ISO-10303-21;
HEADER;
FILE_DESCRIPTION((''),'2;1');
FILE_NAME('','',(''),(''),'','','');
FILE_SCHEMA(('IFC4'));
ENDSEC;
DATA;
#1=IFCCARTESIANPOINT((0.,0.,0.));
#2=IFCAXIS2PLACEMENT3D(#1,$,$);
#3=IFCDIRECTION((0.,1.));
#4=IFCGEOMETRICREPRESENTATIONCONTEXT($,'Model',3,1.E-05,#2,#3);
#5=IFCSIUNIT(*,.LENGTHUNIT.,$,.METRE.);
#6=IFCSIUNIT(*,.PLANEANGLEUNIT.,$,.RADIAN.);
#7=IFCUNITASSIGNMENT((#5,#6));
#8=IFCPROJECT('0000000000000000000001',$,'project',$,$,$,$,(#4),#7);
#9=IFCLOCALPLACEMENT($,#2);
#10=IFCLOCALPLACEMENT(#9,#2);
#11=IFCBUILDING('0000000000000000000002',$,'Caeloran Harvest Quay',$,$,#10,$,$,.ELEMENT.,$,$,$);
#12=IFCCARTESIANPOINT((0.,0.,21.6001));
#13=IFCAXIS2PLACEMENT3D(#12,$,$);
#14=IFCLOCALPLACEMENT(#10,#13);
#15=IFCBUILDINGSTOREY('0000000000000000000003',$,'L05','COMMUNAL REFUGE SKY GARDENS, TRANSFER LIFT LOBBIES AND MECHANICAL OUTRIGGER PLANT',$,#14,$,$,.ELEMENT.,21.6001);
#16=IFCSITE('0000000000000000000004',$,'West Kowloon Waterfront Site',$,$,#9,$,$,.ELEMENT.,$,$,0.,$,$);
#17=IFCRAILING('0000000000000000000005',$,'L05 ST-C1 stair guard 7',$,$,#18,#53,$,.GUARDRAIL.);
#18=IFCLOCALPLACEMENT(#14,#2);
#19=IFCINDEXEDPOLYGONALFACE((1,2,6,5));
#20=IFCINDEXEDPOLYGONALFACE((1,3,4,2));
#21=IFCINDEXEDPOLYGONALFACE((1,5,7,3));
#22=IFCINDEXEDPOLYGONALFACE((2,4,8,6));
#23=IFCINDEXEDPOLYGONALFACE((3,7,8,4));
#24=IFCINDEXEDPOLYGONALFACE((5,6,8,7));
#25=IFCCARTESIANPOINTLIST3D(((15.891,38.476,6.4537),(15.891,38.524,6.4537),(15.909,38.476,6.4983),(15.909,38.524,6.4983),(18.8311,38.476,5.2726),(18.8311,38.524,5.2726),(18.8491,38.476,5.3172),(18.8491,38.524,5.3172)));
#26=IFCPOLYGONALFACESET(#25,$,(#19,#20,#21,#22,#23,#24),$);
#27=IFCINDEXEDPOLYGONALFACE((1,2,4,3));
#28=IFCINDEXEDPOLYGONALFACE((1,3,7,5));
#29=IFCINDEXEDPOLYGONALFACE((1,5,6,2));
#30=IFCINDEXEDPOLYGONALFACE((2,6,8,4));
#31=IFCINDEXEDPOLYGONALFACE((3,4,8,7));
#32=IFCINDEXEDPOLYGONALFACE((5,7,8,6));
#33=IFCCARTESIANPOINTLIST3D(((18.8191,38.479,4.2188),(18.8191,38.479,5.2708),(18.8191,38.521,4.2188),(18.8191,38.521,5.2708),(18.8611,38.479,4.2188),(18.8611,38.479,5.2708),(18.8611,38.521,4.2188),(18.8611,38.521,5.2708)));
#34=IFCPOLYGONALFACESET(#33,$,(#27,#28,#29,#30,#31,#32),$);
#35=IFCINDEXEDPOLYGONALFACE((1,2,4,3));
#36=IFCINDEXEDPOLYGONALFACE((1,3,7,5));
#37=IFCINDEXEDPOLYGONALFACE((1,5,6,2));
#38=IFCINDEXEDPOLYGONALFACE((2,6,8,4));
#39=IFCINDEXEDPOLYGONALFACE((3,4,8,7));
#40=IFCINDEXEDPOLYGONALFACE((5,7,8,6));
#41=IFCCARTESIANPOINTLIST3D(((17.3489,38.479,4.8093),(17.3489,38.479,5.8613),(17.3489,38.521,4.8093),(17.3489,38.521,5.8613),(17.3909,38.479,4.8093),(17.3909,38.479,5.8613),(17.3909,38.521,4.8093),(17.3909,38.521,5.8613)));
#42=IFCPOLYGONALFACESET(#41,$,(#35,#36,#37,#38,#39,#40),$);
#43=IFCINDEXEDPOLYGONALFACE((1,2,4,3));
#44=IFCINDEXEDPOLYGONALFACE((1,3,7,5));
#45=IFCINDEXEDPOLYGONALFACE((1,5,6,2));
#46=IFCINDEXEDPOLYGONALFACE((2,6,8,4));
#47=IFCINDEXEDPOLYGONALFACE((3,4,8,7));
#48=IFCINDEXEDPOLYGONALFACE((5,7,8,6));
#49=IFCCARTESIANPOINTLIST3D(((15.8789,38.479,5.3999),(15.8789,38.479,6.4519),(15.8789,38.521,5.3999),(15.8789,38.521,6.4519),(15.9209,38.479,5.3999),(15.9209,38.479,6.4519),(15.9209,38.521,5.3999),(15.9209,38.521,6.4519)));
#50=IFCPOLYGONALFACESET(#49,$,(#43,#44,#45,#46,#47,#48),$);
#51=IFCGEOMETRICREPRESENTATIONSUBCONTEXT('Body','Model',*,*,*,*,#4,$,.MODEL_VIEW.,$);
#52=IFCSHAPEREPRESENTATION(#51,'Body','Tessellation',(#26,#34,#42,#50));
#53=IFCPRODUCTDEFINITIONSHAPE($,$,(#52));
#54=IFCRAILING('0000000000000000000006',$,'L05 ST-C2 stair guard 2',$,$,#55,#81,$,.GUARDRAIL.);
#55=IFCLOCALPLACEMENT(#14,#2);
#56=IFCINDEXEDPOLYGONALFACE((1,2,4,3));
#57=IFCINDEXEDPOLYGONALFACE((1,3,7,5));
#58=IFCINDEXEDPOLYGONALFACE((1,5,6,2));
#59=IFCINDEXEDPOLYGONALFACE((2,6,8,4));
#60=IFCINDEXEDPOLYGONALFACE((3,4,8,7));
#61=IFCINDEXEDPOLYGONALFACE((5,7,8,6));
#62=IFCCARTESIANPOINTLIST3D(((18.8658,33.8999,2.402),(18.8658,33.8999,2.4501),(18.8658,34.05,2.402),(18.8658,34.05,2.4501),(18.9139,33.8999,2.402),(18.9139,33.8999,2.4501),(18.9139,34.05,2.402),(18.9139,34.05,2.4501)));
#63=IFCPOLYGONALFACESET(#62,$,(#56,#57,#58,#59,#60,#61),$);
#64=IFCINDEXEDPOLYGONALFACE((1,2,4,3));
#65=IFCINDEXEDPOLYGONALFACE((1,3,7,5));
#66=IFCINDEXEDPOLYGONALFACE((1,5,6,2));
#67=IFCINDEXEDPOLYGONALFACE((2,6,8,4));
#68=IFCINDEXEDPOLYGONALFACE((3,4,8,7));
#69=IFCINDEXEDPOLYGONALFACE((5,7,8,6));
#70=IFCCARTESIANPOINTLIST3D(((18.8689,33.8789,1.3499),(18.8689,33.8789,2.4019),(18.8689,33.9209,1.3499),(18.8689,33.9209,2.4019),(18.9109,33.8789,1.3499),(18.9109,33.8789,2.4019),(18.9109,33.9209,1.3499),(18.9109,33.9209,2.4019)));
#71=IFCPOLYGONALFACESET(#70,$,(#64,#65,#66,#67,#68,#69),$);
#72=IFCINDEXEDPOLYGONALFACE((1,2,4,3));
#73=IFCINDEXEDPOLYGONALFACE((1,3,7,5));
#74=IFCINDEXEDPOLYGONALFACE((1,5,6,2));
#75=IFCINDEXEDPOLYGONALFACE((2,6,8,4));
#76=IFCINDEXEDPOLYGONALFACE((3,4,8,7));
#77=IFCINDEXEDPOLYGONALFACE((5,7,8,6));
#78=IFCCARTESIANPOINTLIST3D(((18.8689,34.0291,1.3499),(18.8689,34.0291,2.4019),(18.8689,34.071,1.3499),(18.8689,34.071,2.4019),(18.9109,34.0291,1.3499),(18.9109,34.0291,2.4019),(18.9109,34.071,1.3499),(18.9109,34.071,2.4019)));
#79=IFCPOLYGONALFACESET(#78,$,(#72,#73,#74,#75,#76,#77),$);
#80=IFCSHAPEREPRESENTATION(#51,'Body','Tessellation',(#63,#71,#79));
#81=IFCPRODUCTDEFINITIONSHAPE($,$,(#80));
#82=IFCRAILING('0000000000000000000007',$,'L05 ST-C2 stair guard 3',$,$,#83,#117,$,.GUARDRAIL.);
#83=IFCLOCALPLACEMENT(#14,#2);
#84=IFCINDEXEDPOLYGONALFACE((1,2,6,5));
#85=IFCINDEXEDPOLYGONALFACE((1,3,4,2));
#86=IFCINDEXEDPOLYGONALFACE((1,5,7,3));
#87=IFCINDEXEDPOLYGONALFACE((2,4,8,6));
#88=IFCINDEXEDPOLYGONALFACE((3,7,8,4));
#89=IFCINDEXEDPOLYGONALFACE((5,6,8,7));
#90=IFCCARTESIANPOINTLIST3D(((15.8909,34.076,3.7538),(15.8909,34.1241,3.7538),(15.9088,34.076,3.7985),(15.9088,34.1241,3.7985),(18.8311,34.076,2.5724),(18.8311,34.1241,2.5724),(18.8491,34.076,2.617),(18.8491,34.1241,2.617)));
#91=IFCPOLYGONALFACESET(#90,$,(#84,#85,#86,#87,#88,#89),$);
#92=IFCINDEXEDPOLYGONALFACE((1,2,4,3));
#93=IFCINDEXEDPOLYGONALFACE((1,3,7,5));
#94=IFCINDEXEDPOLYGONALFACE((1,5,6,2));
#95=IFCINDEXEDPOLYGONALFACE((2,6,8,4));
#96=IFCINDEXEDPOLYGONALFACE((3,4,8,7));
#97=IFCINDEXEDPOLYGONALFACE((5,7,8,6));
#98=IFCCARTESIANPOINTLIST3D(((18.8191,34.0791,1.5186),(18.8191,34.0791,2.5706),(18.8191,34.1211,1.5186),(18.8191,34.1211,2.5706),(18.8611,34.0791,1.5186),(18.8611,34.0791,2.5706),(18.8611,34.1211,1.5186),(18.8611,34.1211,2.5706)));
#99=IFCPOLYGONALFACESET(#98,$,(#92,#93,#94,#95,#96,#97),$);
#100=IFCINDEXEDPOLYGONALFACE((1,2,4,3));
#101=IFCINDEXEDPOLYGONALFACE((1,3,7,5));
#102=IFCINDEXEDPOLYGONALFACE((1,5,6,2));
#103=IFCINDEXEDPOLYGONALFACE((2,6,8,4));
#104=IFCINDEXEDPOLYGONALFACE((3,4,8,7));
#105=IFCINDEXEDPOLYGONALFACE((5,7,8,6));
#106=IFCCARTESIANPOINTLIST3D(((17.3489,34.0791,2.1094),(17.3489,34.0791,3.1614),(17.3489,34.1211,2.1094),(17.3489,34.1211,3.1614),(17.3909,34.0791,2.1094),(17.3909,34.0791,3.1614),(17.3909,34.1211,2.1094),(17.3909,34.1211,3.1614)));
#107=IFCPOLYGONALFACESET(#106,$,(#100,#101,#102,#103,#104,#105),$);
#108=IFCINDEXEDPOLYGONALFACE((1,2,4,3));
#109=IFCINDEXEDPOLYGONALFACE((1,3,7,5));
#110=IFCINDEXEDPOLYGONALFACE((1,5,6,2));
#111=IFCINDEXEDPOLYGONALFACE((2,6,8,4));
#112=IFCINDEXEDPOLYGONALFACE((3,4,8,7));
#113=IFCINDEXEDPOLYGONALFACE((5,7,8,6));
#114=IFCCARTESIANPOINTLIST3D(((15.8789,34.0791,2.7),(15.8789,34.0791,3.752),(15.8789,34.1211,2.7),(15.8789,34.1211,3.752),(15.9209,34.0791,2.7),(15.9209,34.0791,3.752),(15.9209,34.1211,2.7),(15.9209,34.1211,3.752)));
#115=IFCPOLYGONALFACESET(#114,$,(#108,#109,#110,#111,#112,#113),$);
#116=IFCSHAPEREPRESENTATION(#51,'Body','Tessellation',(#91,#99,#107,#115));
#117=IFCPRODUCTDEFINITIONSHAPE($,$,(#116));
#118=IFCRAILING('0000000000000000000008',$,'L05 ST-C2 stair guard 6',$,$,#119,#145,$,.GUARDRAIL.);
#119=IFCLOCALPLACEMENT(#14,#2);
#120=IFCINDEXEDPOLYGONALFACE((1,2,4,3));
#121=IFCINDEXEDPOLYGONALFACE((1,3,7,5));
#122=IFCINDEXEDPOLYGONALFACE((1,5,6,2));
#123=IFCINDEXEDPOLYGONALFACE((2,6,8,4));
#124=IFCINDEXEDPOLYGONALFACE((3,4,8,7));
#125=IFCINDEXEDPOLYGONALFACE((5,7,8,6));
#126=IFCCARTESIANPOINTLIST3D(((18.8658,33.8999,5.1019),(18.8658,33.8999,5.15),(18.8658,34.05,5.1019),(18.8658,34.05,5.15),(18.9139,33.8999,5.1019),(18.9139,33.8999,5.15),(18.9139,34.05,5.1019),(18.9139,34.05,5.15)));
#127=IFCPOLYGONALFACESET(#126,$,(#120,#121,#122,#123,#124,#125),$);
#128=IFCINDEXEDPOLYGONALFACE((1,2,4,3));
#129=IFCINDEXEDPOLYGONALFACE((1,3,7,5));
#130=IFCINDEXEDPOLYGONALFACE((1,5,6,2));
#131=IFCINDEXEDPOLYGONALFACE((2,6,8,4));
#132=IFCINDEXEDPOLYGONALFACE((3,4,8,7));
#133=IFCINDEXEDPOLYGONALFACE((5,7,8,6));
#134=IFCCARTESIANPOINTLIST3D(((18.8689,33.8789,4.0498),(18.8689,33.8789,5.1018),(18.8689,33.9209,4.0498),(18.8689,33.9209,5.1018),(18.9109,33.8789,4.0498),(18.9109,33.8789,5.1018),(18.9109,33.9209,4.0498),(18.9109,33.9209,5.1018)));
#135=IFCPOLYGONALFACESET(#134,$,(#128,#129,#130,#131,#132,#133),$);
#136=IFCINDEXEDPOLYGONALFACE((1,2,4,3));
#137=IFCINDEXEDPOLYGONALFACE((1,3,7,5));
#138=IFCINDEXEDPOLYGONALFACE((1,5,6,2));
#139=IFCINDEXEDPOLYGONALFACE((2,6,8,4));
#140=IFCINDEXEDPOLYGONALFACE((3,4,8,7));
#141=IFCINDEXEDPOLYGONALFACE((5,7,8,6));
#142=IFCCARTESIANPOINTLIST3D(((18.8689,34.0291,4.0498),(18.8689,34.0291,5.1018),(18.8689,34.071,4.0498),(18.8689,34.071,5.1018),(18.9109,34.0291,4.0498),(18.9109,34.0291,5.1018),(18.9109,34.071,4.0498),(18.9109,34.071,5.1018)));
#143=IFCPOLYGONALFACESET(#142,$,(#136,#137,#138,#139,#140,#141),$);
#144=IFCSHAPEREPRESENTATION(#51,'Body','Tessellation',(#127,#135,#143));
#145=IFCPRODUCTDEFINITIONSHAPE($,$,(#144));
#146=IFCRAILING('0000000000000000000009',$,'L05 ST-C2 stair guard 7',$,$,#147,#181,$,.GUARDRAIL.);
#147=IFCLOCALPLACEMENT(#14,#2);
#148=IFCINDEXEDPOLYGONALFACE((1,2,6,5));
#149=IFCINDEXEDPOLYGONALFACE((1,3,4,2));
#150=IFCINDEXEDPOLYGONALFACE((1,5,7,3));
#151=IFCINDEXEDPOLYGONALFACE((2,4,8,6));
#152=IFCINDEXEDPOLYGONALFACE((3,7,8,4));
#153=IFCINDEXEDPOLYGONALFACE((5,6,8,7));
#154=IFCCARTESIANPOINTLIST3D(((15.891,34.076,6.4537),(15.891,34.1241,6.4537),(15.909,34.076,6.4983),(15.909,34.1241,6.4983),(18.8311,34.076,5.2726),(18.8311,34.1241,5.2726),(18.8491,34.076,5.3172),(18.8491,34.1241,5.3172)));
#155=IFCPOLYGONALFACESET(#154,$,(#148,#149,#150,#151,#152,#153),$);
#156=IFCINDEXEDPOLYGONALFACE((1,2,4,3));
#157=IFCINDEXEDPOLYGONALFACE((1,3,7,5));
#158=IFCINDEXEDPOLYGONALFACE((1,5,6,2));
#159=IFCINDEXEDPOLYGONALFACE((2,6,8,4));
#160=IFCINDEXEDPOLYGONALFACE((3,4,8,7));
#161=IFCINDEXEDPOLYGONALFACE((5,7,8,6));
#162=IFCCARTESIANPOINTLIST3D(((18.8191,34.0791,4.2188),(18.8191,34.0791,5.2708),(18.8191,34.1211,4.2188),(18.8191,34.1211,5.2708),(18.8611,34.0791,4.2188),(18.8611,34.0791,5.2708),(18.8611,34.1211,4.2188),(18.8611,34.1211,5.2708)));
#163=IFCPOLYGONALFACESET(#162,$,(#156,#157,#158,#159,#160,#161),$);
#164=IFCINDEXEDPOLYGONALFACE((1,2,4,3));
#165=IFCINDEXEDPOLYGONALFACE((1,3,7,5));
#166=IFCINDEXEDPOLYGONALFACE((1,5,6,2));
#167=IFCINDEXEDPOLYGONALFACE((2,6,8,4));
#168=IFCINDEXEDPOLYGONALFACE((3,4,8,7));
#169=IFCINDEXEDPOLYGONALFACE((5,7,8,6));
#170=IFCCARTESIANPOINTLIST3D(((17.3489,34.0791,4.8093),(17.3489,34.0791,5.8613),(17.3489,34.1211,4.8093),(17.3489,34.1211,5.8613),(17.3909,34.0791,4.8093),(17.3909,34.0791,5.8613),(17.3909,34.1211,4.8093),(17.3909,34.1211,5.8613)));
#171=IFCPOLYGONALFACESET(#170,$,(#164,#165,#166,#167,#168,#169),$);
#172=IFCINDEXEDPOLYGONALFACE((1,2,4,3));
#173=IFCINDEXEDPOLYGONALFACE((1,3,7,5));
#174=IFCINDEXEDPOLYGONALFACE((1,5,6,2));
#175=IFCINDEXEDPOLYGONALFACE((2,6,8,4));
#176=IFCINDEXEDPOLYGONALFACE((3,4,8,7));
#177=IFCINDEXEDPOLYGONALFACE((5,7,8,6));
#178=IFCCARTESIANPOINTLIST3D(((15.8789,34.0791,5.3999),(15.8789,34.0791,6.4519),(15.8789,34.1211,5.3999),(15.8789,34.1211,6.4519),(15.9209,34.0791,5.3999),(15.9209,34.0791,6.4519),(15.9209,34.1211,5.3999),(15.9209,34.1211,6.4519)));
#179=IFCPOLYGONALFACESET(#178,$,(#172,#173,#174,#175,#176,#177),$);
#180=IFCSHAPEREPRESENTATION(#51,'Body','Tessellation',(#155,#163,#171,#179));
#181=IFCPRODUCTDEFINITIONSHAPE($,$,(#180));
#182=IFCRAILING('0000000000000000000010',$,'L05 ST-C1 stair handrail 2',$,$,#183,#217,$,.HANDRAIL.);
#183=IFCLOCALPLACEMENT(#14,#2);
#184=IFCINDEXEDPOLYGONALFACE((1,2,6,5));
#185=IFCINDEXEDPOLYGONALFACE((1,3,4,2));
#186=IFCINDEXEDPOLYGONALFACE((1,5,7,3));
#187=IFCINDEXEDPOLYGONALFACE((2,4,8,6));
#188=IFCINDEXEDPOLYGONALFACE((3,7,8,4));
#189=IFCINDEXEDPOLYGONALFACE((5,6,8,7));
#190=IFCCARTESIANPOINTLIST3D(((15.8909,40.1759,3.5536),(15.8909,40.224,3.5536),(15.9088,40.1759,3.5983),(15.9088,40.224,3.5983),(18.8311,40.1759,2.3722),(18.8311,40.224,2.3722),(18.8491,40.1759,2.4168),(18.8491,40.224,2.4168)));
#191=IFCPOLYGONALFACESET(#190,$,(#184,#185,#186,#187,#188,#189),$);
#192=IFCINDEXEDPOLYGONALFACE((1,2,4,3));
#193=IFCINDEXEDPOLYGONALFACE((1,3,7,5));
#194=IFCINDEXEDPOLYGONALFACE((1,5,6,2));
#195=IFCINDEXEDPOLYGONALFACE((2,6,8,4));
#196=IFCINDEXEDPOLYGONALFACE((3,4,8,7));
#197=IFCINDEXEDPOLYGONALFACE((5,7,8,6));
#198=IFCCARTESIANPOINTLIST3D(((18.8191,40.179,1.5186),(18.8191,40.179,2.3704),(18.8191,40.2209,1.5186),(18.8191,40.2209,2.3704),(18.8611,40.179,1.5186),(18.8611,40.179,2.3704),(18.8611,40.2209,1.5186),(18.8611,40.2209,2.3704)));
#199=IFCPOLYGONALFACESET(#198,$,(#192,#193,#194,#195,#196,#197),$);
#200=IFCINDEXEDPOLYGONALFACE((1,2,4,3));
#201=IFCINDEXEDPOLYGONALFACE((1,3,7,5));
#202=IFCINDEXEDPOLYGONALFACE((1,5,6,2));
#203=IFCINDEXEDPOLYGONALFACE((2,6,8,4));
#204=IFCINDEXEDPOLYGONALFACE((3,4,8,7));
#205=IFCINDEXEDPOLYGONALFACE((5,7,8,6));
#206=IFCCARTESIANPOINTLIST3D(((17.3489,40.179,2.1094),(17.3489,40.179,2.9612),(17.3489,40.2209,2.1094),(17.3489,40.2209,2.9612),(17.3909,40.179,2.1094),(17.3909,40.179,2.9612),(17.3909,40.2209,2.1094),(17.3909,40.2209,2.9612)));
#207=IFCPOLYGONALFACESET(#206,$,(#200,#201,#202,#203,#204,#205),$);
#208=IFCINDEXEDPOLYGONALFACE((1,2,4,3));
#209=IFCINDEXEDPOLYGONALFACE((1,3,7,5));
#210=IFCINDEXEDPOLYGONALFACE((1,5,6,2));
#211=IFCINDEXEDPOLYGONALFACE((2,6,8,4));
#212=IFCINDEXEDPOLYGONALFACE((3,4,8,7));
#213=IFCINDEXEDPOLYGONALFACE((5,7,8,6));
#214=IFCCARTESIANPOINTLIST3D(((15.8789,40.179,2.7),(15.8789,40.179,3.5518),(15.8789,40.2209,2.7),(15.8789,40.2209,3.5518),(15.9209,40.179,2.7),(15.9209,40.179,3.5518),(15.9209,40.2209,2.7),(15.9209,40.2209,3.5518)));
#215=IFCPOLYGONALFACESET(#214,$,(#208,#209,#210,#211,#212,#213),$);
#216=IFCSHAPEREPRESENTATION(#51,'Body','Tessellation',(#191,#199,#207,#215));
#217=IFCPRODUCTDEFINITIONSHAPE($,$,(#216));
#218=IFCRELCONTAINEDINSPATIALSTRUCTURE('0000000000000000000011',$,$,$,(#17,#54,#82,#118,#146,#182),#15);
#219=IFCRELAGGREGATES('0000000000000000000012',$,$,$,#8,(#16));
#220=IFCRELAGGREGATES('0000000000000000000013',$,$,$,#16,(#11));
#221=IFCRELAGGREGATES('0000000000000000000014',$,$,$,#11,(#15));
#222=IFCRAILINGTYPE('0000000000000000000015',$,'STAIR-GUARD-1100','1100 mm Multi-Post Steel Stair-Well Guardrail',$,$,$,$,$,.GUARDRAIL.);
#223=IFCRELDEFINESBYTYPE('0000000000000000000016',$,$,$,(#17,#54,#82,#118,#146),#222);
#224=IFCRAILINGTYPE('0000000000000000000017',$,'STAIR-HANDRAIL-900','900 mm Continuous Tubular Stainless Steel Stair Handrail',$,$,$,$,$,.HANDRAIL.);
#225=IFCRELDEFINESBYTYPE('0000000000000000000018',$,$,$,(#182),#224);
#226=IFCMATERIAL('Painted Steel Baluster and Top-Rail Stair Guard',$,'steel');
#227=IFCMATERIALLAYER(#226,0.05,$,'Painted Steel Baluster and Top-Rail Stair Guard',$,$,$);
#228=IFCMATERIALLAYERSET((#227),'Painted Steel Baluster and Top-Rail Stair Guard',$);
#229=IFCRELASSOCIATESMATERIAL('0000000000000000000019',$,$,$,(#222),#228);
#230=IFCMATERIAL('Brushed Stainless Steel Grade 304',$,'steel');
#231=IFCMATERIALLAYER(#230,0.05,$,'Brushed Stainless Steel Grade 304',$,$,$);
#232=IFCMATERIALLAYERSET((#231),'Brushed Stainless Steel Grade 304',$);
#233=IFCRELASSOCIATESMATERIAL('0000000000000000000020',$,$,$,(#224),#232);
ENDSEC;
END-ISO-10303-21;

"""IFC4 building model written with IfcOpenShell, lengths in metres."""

from ifc_helpers import new_model, si_unit, direction, frame, origin, origin_2d, place, context, subcontext, project, spatial, rectangle, extrude, material, layer, layer_set, type_object, element, save


model = new_model("IFC4")

# Units and contexts
model_context = context("Model", 3, precision=1e-05, world=origin(), true_north=direction((0.0, 1.0)))
body_context = subcontext(model_context, "Body", "Model", "MODEL_VIEW")
ifc_project = project(units=[si_unit("LENGTHUNIT", "METRE"), si_unit("PLANEANGLEUNIT", "RADIAN")], contexts=[model_context])

# Site, building, storey
site_placement = place(None, origin())
site = spatial("IfcSite", under=ifc_project, at=site_placement, Name="West Kowloon Waterfront Site", CompositionType="ELEMENT", RefElevation=0.0)
building_placement = place(site_placement, origin())
building = spatial("IfcBuilding", under=site, at=building_placement, Name="Caeloran Harvest Quay", CompositionType="ELEMENT")
storey_placement = place(building_placement, frame((0.0, 0.0, 21.6001)))
storey = spatial("IfcBuildingStorey", under=building, at=storey_placement, Name="L05", Description="COMMUNAL REFUGE SKY GARDENS, TRANSFER LIFT LOBBIES AND MECHANICAL OUTRIGGER PLANT", CompositionType="ELEMENT", Elevation=21.6001)

# Railings
ifc_material_1 = material(Name="Painted Steel Baluster and Top-Rail Stair Guard", Category="steel")
ifc_layer_1 = layer(ifc_material_1, 0.05, Name="Painted Steel Baluster and Top-Rail Stair Guard")
ifc_layer_set_1 = layer_set([ifc_layer_1], Name="Painted Steel Baluster and Top-Rail Stair Guard")
railing_type_1 = type_object("IfcRailingType", Name="STAIR-GUARD-1100", Description="1100 mm Multi-Post Steel Stair-Well Guardrail", PredefinedType="GUARDRAIL", material=ifc_layer_set_1)
railing_1_placement = place(storey_placement, frame((18.8401, 38.5, 4.2188)))
element("IfcRailing", 1, at=railing_1_placement, inside=storey, type_object=railing_type_1, Name="L05 ST-C1 stair guard 7", PredefinedType="GUARDRAIL", context=body_context, shape_type="SweptSolid", body=[
    extrude(rectangle(XDim=0.0481, YDim=0.0481, at=origin_2d()), frame((0.0, 0.0, 1.0762), z_axis=(-0.927923, 0.0, 0.372772), x_axis=(0.0, -1.0, 0.0)), (0.0, 0.0, 1.0), 3.1685),
    extrude(rectangle(XDim=0.042, YDim=0.042, at=origin_2d()), origin(), (0.0, 0.0, 1.0), 1.052),
    extrude(rectangle(XDim=0.042, YDim=0.042, at=origin_2d()), frame((-1.4702, 0.0, 0.5906)), (0.0, 0.0, 1.0), 1.052),
    extrude(rectangle(XDim=0.042, YDim=0.042, at=origin_2d()), frame((-2.9402, 0.0, 1.1812)), (0.0, 0.0, 1.0), 1.052),
])
railing_2_placement = place(storey_placement, frame((18.8899, 33.8999, 1.3499)))
element("IfcRailing", 2, at=railing_2_placement, inside=storey, type_object=railing_type_1, Name="L05 ST-C2 stair guard 2", PredefinedType="GUARDRAIL", context=body_context, shape_type="SweptSolid", body=[
    extrude(rectangle(XDim=0.0481, YDim=0.0481, at=origin_2d()), frame((0.0, 0.0, 1.0762), z_axis=(0.0, 1.0, 0.0), x_axis=(-1.0, 0.0, 0.0)), (0.0, 0.0, 1.0), 0.1501),
    extrude(rectangle(XDim=0.042, YDim=0.042, at=origin_2d()), origin(), (0.0, 0.0, 1.0), 1.052),
    extrude(rectangle(XDim=0.042, YDim=0.042, at=origin_2d()), frame((0.0, 0.1501, 0.0)), (0.0, 0.0, 1.0), 1.052),
])
railing_3_placement = place(storey_placement, frame((18.8401, 34.1001, 1.5186)))
element("IfcRailing", 3, at=railing_3_placement, inside=storey, type_object=railing_type_1, Name="L05 ST-C2 stair guard 3", PredefinedType="GUARDRAIL", context=body_context, shape_type="SweptSolid", body=[
    extrude(rectangle(XDim=0.0481, YDim=0.0481, at=origin_2d()), frame((0.0, 0.0, 1.0762), z_axis=(-0.927896, 0.0, 0.372838), x_axis=(0.0, -1.0, 0.0)), (0.0, 0.0, 1.0), 3.1687),
    extrude(rectangle(XDim=0.042, YDim=0.042, at=origin_2d()), origin(), (0.0, 0.0, 1.0), 1.052),
    extrude(rectangle(XDim=0.042, YDim=0.042, at=origin_2d()), frame((-1.4702, 0.0, 0.5908)), (0.0, 0.0, 1.0), 1.052),
    extrude(rectangle(XDim=0.042, YDim=0.042, at=origin_2d()), frame((-2.9402, 0.0, 1.1814)), (0.0, 0.0, 1.0), 1.052),
])
railing_4_placement = place(storey_placement, frame((18.8899, 33.8999, 4.0498)))
element("IfcRailing", 4, at=railing_4_placement, inside=storey, type_object=railing_type_1, Name="L05 ST-C2 stair guard 6", PredefinedType="GUARDRAIL", context=body_context, shape_type="SweptSolid", body=[
    extrude(rectangle(XDim=0.0481, YDim=0.0481, at=origin_2d()), frame((0.0, 0.0, 1.0762), z_axis=(0.0, 1.0, 0.0), x_axis=(-1.0, 0.0, 0.0)), (0.0, 0.0, 1.0), 0.1501),
    extrude(rectangle(XDim=0.042, YDim=0.042, at=origin_2d()), origin(), (0.0, 0.0, 1.0), 1.052),
    extrude(rectangle(XDim=0.042, YDim=0.042, at=origin_2d()), frame((0.0, 0.1501, 0.0)), (0.0, 0.0, 1.0), 1.052),
])
railing_5_placement = place(storey_placement, frame((18.8401, 34.1001, 4.2188)))
element("IfcRailing", 5, at=railing_5_placement, inside=storey, type_object=railing_type_1, Name="L05 ST-C2 stair guard 7", PredefinedType="GUARDRAIL", context=body_context, shape_type="SweptSolid", body=[
    extrude(rectangle(XDim=0.0481, YDim=0.0481, at=origin_2d()), frame((0.0, 0.0, 1.0762), z_axis=(-0.927923, 0.0, 0.372772), x_axis=(0.0, -1.0, 0.0)), (0.0, 0.0, 1.0), 3.1685),
    extrude(rectangle(XDim=0.042, YDim=0.042, at=origin_2d()), origin(), (0.0, 0.0, 1.0), 1.052),
    extrude(rectangle(XDim=0.042, YDim=0.042, at=origin_2d()), frame((-1.4702, 0.0, 0.5906)), (0.0, 0.0, 1.0), 1.052),
    extrude(rectangle(XDim=0.042, YDim=0.042, at=origin_2d()), frame((-2.9402, 0.0, 1.1812)), (0.0, 0.0, 1.0), 1.052),
])
ifc_material_2 = material(Name="Brushed Stainless Steel Grade 304", Category="steel")
ifc_layer_2 = layer(ifc_material_2, 0.05, Name="Brushed Stainless Steel Grade 304")
ifc_layer_set_2 = layer_set([ifc_layer_2], Name="Brushed Stainless Steel Grade 304")
railing_type_2 = type_object("IfcRailingType", Name="STAIR-HANDRAIL-900", Description="900 mm Continuous Tubular Stainless Steel Stair Handrail", PredefinedType="HANDRAIL", material=ifc_layer_set_2)
railing_6_placement = place(storey_placement, frame((18.8401, 40.2, 1.5186)))
element("IfcRailing", 6, at=railing_6_placement, inside=storey, type_object=railing_type_2, Name="L05 ST-C1 stair handrail 2", PredefinedType="HANDRAIL", context=body_context, shape_type="SweptSolid", body=[
    extrude(rectangle(XDim=0.0481, YDim=0.0481, at=origin_2d()), frame((0.0, 0.0, 0.876), z_axis=(-0.927896, 0.0, 0.372838), x_axis=(0.0, -1.0, 0.0)), (0.0, 0.0, 1.0), 3.1687),
    extrude(rectangle(XDim=0.042, YDim=0.042, at=origin_2d()), origin(), (0.0, 0.0, 1.0), 0.8518),
    extrude(rectangle(XDim=0.042, YDim=0.042, at=origin_2d()), frame((-1.4702, 0.0, 0.5908)), (0.0, 0.0, 1.0), 0.8518),
    extrude(rectangle(XDim=0.042, YDim=0.042, at=origin_2d()), frame((-2.9402, 0.0, 1.1814)), (0.0, 0.0, 1.0), 0.8518),
])

save(model, "model.ifc")
